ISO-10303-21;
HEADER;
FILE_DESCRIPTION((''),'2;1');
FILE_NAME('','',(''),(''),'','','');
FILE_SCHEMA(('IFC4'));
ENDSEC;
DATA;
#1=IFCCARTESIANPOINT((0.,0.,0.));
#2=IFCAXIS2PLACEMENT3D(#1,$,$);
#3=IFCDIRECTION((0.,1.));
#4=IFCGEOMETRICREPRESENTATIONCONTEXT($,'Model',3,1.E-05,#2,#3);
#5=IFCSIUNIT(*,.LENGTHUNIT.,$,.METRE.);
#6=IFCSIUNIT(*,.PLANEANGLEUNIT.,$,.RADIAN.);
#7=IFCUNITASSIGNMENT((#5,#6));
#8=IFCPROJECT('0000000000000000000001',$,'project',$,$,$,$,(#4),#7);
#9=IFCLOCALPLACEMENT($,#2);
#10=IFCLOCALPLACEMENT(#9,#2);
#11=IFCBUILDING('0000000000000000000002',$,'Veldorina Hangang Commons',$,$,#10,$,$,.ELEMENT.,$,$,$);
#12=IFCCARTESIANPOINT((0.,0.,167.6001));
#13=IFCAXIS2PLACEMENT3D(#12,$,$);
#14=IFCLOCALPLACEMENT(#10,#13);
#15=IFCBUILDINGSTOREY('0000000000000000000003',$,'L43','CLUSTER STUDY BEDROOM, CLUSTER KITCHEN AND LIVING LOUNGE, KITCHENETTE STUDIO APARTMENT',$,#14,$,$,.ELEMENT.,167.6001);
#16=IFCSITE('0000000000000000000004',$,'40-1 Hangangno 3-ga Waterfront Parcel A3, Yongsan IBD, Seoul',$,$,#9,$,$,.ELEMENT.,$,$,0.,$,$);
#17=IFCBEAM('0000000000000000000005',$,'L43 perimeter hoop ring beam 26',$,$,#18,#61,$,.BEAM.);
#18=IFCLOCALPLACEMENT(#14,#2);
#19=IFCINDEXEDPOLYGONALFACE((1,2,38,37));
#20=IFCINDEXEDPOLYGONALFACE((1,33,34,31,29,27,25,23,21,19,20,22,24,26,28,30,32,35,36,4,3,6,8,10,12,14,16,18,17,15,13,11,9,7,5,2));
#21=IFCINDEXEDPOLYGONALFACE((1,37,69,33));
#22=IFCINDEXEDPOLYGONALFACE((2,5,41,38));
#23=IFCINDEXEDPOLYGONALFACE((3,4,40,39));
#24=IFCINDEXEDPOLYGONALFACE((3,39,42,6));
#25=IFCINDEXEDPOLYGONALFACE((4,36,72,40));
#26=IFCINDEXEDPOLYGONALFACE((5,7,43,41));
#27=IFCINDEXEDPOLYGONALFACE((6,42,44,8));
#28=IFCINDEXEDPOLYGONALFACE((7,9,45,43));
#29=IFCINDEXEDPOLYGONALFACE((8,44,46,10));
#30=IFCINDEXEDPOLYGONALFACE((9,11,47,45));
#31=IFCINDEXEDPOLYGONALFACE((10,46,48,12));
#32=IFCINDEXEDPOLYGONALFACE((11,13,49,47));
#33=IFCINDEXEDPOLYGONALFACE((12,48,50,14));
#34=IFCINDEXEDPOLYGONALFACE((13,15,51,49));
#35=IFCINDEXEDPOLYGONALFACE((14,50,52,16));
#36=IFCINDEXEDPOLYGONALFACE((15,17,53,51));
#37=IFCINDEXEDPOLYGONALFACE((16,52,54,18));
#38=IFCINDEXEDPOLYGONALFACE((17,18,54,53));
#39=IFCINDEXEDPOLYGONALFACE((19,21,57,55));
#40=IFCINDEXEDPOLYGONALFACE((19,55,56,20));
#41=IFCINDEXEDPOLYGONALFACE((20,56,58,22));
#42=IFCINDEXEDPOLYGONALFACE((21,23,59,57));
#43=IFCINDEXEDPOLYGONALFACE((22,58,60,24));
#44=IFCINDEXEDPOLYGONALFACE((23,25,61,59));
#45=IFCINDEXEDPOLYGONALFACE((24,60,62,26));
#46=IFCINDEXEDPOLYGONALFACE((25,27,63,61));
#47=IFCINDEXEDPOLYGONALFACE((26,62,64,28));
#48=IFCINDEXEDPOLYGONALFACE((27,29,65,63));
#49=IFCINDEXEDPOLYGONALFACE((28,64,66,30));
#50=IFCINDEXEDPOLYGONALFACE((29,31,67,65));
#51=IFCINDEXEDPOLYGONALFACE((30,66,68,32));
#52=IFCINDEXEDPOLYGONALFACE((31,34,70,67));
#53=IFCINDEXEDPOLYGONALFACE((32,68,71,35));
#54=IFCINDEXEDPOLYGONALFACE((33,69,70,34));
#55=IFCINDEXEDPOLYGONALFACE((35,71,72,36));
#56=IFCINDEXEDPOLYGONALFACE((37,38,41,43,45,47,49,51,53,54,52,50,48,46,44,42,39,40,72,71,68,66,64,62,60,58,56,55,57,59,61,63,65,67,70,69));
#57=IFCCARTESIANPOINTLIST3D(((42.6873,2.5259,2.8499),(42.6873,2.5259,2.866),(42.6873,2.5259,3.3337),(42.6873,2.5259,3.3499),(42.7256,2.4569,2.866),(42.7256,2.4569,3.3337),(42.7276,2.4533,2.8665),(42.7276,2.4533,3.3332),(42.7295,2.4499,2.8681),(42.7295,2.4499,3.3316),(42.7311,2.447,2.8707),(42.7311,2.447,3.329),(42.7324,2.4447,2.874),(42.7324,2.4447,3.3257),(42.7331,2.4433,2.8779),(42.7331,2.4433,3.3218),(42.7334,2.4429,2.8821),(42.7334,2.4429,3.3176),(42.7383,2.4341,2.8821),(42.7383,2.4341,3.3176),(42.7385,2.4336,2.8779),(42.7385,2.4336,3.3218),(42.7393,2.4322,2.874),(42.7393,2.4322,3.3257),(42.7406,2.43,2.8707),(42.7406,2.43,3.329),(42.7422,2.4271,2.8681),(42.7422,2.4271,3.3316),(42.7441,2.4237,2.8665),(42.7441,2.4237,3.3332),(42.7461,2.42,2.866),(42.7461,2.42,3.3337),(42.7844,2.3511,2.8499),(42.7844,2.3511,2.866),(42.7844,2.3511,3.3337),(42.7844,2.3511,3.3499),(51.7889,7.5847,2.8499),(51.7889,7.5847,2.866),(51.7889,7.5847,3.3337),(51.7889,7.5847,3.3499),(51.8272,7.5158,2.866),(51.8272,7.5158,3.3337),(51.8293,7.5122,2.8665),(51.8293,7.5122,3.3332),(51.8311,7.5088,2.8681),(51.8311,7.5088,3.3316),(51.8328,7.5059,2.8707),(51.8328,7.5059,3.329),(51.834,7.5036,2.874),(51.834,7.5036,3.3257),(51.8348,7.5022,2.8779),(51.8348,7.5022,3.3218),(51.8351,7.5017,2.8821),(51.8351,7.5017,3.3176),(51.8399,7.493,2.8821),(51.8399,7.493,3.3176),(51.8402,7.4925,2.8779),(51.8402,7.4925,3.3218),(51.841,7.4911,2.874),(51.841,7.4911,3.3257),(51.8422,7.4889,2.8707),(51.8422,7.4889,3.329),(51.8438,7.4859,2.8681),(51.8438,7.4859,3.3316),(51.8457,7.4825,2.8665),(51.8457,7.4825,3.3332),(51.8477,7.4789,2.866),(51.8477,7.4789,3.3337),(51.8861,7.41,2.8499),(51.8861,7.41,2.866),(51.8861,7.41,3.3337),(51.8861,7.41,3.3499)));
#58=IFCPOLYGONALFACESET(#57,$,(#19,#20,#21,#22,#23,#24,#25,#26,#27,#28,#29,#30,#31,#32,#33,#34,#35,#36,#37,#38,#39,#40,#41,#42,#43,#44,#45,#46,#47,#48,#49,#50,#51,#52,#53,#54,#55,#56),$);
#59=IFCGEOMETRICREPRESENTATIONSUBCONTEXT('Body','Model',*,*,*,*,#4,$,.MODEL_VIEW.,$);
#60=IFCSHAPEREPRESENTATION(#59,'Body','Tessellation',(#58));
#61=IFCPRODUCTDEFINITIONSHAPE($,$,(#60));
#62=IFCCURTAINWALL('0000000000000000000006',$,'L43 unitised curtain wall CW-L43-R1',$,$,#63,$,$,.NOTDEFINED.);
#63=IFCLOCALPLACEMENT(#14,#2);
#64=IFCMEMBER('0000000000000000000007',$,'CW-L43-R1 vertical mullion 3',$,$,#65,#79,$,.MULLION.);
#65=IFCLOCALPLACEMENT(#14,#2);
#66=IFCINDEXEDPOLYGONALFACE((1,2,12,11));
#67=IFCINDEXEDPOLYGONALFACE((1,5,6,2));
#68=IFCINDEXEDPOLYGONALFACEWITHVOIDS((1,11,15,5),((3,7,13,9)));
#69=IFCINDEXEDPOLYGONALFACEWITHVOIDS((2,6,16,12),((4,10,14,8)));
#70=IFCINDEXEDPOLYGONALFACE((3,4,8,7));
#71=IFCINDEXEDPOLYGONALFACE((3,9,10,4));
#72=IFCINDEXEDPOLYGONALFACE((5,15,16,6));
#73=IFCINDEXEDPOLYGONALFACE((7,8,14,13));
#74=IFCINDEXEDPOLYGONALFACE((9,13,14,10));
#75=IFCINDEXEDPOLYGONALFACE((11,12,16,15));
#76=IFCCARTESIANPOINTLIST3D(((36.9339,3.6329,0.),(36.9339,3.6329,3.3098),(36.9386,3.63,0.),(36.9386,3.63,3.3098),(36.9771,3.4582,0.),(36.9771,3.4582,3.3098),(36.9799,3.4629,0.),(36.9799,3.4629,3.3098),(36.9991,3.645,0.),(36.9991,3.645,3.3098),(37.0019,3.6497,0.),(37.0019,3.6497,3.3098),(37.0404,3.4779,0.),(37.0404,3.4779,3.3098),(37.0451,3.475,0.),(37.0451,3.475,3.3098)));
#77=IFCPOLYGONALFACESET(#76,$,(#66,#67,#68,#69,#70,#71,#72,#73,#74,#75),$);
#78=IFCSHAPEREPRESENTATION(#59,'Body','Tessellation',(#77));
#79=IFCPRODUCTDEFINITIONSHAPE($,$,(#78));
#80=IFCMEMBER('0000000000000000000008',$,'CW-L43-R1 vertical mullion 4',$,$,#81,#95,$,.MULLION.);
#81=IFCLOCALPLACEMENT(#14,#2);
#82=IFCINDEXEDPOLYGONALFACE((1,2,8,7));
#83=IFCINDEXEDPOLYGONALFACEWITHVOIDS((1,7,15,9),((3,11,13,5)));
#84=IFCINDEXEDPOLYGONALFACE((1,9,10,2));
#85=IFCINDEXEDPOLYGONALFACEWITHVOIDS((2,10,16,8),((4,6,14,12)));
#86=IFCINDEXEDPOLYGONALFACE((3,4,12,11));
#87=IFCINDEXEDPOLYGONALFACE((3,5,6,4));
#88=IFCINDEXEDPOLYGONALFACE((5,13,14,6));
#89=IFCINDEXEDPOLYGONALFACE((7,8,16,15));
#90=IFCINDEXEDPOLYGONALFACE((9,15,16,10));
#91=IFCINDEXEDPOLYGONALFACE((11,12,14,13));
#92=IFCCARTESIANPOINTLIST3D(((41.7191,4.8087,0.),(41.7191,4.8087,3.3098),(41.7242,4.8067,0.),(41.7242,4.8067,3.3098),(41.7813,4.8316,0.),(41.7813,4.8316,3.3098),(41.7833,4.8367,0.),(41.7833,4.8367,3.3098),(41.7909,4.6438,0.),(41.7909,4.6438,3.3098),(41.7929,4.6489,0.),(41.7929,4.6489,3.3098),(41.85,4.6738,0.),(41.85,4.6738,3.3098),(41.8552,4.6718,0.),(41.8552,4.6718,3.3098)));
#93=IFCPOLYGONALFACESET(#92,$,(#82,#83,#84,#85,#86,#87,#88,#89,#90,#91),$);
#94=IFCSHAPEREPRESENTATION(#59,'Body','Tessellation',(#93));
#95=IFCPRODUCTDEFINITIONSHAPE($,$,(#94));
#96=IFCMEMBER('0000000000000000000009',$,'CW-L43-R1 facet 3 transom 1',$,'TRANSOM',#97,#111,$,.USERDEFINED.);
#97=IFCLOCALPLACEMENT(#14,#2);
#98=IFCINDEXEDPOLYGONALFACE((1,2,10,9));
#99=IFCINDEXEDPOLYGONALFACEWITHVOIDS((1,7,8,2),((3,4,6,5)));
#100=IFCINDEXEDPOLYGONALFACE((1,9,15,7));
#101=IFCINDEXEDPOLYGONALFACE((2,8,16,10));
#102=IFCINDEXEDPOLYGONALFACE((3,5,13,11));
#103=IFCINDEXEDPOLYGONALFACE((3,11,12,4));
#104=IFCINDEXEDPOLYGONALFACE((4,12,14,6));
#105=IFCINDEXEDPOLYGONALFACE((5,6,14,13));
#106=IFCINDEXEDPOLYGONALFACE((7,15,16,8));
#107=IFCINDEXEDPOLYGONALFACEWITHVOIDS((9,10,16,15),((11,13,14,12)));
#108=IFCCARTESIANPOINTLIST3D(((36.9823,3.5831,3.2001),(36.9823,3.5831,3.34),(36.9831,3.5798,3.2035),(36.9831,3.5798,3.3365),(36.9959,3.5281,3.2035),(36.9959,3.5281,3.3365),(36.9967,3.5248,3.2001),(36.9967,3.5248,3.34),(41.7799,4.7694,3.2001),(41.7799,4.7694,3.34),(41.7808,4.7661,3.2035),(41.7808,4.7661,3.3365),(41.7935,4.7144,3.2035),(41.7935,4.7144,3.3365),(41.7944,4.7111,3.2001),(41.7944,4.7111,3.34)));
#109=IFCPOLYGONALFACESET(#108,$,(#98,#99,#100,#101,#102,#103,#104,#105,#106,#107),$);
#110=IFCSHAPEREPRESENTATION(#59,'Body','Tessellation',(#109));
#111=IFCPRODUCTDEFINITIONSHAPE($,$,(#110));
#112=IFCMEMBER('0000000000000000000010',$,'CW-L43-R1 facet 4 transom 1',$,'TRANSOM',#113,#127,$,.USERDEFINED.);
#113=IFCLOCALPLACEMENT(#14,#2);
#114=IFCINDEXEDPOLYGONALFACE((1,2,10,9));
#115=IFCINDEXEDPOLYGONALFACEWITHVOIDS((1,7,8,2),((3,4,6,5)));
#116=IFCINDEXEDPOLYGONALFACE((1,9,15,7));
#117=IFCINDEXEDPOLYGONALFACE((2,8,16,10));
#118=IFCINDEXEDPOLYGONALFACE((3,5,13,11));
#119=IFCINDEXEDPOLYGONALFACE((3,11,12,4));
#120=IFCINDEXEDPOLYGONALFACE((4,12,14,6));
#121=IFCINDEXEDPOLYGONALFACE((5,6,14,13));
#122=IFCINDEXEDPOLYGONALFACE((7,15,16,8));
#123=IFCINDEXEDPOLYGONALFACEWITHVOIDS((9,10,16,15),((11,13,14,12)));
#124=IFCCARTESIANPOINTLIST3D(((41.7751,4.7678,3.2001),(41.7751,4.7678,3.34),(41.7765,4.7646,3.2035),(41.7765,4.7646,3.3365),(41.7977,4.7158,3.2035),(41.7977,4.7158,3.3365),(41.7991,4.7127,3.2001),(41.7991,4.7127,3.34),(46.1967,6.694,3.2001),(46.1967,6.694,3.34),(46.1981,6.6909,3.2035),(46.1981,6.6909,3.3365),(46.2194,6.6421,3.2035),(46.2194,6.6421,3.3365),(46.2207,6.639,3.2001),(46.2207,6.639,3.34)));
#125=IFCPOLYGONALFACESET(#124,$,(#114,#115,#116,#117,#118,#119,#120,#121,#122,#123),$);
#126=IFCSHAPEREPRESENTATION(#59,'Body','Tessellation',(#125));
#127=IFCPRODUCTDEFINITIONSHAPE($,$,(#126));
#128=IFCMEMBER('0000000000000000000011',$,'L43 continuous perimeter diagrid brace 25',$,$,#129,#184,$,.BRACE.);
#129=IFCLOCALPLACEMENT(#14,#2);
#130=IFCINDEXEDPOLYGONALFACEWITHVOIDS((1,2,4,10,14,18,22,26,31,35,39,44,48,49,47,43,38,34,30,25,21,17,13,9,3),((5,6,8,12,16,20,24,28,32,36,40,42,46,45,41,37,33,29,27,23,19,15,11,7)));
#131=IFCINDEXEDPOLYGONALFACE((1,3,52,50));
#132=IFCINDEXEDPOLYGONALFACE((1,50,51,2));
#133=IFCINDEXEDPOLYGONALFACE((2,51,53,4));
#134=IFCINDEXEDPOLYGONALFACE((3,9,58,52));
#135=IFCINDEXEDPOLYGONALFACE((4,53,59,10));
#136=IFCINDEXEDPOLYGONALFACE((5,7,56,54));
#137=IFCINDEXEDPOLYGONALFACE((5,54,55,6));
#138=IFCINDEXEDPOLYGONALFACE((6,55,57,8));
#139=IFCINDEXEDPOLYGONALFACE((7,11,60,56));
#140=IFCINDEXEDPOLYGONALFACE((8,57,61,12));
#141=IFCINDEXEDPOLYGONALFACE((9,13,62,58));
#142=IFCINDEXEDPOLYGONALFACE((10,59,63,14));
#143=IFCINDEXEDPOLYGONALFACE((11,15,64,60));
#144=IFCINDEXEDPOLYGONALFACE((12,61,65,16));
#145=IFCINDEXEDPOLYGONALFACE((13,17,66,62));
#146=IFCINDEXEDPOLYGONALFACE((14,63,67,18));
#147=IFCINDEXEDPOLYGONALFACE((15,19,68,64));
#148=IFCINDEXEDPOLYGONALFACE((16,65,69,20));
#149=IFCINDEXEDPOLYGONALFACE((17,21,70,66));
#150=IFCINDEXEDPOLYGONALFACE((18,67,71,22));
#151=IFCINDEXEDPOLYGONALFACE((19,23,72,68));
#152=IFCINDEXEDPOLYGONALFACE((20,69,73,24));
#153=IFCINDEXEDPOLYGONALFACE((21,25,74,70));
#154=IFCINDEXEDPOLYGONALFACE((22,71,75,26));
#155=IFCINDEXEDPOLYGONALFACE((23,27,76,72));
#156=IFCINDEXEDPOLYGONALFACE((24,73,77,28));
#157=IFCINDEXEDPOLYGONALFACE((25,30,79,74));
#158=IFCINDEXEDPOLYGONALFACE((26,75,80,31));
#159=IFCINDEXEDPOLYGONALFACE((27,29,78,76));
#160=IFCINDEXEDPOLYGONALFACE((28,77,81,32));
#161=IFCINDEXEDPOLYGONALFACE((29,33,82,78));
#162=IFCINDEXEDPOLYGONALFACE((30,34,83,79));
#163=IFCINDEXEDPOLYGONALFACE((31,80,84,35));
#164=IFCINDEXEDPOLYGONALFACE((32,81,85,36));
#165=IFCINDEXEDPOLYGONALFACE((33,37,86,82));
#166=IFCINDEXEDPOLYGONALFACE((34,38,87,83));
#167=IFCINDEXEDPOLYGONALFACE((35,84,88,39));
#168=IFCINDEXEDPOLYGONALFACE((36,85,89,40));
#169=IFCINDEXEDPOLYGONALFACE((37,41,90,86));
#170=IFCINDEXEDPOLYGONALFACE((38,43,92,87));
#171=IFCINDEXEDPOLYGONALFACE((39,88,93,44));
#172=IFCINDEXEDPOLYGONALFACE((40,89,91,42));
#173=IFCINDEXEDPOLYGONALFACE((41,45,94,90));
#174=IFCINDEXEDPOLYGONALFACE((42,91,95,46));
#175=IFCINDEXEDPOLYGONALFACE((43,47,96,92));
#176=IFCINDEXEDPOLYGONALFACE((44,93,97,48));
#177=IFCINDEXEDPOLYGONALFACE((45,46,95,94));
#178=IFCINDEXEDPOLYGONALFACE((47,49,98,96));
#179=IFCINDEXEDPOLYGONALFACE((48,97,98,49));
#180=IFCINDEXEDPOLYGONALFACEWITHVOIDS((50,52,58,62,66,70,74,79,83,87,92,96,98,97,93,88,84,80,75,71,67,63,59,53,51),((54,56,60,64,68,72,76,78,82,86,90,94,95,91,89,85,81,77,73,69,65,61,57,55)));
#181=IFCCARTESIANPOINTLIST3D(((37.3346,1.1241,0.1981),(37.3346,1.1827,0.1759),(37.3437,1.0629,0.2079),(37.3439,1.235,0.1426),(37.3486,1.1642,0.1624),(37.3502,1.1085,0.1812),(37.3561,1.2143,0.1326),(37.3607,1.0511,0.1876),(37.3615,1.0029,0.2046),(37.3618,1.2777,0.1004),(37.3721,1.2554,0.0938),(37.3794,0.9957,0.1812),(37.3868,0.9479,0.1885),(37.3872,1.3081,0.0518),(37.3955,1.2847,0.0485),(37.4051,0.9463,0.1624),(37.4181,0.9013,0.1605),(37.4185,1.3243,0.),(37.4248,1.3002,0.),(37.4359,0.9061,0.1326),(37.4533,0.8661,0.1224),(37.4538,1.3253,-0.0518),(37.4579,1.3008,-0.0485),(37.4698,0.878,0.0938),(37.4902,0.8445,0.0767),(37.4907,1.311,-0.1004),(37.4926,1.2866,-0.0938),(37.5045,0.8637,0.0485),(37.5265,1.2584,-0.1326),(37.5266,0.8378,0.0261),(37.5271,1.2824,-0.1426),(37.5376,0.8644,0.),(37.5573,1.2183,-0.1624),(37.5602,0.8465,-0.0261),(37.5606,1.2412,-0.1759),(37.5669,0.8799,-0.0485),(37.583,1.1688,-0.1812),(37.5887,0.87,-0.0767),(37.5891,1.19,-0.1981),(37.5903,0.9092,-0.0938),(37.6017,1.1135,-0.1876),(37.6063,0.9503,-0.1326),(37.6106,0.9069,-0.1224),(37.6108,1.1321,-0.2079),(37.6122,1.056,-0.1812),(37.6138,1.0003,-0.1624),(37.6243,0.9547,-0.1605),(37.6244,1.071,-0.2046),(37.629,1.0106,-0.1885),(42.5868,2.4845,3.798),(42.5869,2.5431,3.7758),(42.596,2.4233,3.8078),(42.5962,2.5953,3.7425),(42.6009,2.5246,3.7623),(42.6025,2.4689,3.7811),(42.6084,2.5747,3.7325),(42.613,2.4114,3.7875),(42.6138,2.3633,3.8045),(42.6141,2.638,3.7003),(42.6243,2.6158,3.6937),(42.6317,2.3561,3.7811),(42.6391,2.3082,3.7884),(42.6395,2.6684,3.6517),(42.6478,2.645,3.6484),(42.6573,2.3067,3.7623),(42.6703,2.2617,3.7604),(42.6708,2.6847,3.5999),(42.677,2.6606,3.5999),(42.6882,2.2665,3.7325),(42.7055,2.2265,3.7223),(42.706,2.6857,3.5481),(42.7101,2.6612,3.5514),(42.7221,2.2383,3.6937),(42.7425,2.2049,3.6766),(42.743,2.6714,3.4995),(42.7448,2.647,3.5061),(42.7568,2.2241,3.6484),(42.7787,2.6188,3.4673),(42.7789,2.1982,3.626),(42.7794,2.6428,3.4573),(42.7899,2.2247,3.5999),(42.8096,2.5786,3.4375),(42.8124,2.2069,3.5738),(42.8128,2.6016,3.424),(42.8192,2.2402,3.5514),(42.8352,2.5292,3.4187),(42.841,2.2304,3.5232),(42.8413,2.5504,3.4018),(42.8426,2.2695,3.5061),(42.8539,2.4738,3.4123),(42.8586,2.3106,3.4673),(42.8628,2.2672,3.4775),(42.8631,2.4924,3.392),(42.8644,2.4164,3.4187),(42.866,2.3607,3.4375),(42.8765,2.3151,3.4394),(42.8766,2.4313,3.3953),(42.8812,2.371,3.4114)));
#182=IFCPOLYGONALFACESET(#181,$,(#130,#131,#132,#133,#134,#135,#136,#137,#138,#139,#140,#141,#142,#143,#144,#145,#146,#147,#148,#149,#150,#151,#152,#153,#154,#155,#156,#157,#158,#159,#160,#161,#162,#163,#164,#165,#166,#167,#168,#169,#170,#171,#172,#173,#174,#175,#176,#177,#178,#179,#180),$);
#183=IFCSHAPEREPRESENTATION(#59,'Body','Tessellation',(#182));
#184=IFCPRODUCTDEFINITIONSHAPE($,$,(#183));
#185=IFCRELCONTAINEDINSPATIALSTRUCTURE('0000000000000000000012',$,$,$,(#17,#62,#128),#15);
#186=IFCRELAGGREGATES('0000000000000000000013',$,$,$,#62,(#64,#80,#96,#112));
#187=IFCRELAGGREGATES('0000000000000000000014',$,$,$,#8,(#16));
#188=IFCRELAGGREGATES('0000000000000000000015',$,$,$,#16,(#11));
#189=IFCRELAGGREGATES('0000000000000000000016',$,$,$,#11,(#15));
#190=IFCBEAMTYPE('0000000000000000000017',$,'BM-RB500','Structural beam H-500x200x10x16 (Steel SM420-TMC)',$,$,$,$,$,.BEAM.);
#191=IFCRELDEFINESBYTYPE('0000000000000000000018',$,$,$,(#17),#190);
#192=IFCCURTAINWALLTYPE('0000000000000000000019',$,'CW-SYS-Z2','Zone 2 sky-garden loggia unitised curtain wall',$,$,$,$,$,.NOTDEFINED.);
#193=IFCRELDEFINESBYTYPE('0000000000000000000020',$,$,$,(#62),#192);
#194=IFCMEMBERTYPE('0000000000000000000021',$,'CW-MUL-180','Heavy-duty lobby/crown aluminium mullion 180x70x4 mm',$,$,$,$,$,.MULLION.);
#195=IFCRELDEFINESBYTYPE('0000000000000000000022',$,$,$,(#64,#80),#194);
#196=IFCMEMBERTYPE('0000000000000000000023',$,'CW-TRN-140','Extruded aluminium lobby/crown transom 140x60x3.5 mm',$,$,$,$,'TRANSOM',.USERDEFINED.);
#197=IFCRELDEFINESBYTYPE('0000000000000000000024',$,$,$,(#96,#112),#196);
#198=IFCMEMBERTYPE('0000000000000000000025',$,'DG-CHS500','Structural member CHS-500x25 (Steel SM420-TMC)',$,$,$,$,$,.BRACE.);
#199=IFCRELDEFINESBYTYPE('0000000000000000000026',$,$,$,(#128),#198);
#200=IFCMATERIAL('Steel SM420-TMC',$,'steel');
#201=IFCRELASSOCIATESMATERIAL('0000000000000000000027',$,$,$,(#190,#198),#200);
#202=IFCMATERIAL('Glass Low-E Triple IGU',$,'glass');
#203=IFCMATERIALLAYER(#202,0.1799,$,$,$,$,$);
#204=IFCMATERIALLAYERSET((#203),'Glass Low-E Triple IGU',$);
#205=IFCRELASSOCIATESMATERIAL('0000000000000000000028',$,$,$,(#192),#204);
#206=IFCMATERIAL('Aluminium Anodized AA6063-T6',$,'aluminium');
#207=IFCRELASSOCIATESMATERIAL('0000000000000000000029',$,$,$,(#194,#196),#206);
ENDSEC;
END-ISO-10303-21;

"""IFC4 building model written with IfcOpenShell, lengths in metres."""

from ifc_helpers import new_model, si_unit, direction, frame, origin, origin_2d, place, context, subcontext, project, spatial, hollow_rectangle, hollow_circle, i_section, extrude, material, layer, layer_set, material_profile, profile_set, type_object, element, aggregate, save


model = new_model("IFC4")

# Units and contexts
model_context = context("Model", 3, precision=1e-05, world=origin(), true_north=direction((0.0, 1.0)))
body_context = subcontext(model_context, "Body", "Model", "MODEL_VIEW")
ifc_project = project(units=[si_unit("LENGTHUNIT", "METRE"), si_unit("PLANEANGLEUNIT", "RADIAN")], contexts=[model_context])

# Site, building, storey
site_placement = place(None, origin())
site = spatial("IfcSite", under=ifc_project, at=site_placement, Name="40-1 Hangangno 3-ga Waterfront Parcel A3, Yongsan IBD, Seoul", CompositionType="ELEMENT", RefElevation=0.0)
building_placement = place(site_placement, origin())
building = spatial("IfcBuilding", under=site, at=building_placement, Name="Veldorina Hangang Commons", CompositionType="ELEMENT")
storey_placement = place(building_placement, frame((0.0, 0.0, 167.6001)))
storey = spatial("IfcBuildingStorey", under=building, at=storey_placement, Name="L43", Description="CLUSTER STUDY BEDROOM, CLUSTER KITCHEN AND LIVING LOUNGE, KITCHENETTE STUDIO APARTMENT", CompositionType="ELEMENT", Elevation=167.6001)

# Beam
ifc_material_1 = material(Name="Steel SM420-TMC", Category="steel")
ifc_material_profile_1 = material_profile(ifc_material_1, i_section(OverallWidth=0.2, OverallDepth=0.5, WebThickness=0.01, FlangeThickness=0.0161, FilletRadius=0.0161, at=origin_2d()), Name="H-500x200x10x16")
ifc_profile_set_1 = profile_set([ifc_material_profile_1], Name="Steel SM420-TMC")
beam_type = type_object("IfcBeamType", Name="BM-RB500", Description="Structural beam H-500x200x10x16 (Steel SM420-TMC)", PredefinedType="BEAM", material=ifc_profile_set_1)
beam_placement = place(storey_placement, frame((42.7358, 2.4385, 3.0999), z_axis=(0.874059, 0.48582, 0.0), x_axis=(-0.48582, 0.874059, 0.0)))
element("IfcBeam", 1, at=beam_placement, inside=storey, type_object=beam_type, Name="L43 perimeter hoop ring beam 26", PredefinedType="BEAM", context=body_context, shape_type="SweptSolid", body=[
    extrude(i_section(OverallWidth=0.2, OverallDepth=0.5, WebThickness=0.01, FlangeThickness=0.0161, FilletRadius=0.0161, at=origin_2d()), origin(), (0.0, 0.0, 1.0), 10.4131),
])

# Curtain wall, members
ifc_material_2 = material(Name="Glass Low-E Triple IGU", Category="glass")
ifc_layer_1 = layer(ifc_material_2, 0.1799)
ifc_layer_set_1 = layer_set([ifc_layer_1], Name="Glass Low-E Triple IGU")
curtain_wall_type = type_object("IfcCurtainWallType", Name="CW-SYS-Z2", Description="Zone 2 sky-garden loggia unitised curtain wall", PredefinedType="NOTDEFINED", material=ifc_layer_set_1)
curtain_wall_placement = place(storey_placement, origin())
curtain_wall = element("IfcCurtainWall", 2, at=curtain_wall_placement, inside=storey, type_object=curtain_wall_type, Name="L43 unitised curtain wall CW-L43-R1", PredefinedType="NOTDEFINED")
ifc_material_3 = material(Name="Aluminium Anodized AA6063-T6", Category="aluminium")
ifc_material_profile_2 = material_profile(ifc_material_3, hollow_rectangle(XDim=0.0701, YDim=0.1799, WallThickness=0.0039, at=origin_2d()), Name="ALU-RHS-180x70x4")
ifc_profile_set_2 = profile_set([ifc_material_profile_2], Name="Aluminium Anodized AA6063-T6")
member_type_1 = type_object("IfcMemberType", Name="CW-MUL-180", Description="Heavy-duty lobby/crown aluminium mullion 180x70x4 mm", PredefinedType="MULLION", material=ifc_profile_set_2)
member_1_placement = place(storey_placement, frame((36.9895, 3.554, 0.0), z_axis=(0.0, 0.0, 1.0), x_axis=(0.970763, 0.240042, 0.0)))
member_1 = element("IfcMember", 3, at=member_1_placement, type_object=member_type_1, Name="CW-L43-R1 vertical mullion 3", PredefinedType="MULLION", context=body_context, shape_type="SweptSolid", body=[
    extrude(hollow_rectangle(XDim=0.0701, YDim=0.1799, WallThickness=0.0039, at=origin_2d()), origin(), (0.0, 0.0, 1.0), 3.3098),
])
member_2_placement = place(storey_placement, frame((41.7871, 4.7402, 0.0), z_axis=(0.0, 0.0, 1.0), x_axis=(0.916768, 0.399421, 0.0)))
member_2 = element("IfcMember", 4, at=member_2_placement, type_object=member_type_1, Name="CW-L43-R1 vertical mullion 4", PredefinedType="MULLION", context=body_context, shape_type="SweptSolid", body=[
    extrude(hollow_rectangle(XDim=0.0701, YDim=0.1799, WallThickness=0.0039, at=origin_2d()), origin(), (0.0, 0.0, 1.0), 3.3098),
])
ifc_material_profile_3 = material_profile(ifc_material_3, hollow_rectangle(XDim=0.0601, YDim=0.1399, WallThickness=0.0034, at=origin_2d()), Name="ALU-RHS-140x60x3.5")
ifc_profile_set_3 = profile_set([ifc_material_profile_3], Name="Aluminium Anodized AA6063-T6")
member_type_2 = type_object("IfcMemberType", Name="CW-TRN-140", Description="Extruded aluminium lobby/crown transom 140x60x3.5 mm", ElementType="TRANSOM", PredefinedType="USERDEFINED", material=ifc_profile_set_3)
member_3_placement = place(storey_placement, frame((36.9895, 3.554, 3.27), z_axis=(0.970764, 0.240036, 0.0), x_axis=(-0.240036, 0.970764, 0.0)))
member_3 = element("IfcMember", 5, at=member_3_placement, type_object=member_type_2, Name="CW-L43-R1 facet 3 transom 1", ObjectType="TRANSOM", PredefinedType="USERDEFINED", context=body_context, shape_type="SweptSolid", body=[
    extrude(hollow_rectangle(XDim=0.0601, YDim=0.1399, WallThickness=0.0034, at=origin_2d()), origin(), (0.0, 0.0, 1.0), 4.9421),
])
member_4_placement = place(storey_placement, frame((41.7871, 4.7402, 3.27), z_axis=(0.91678, 0.399392, 0.0), x_axis=(-0.399392, 0.91678, 0.0)))
member_4 = element("IfcMember", 6, at=member_4_placement, type_object=member_type_2, Name="CW-L43-R1 facet 4 transom 1", ObjectType="TRANSOM", PredefinedType="USERDEFINED", context=body_context, shape_type="SweptSolid", body=[
    extrude(hollow_rectangle(XDim=0.0601, YDim=0.1399, WallThickness=0.0034, at=origin_2d()), origin(), (0.0, 0.0, 1.0), 4.823),
])

# Member
ifc_material_profile_4 = material_profile(ifc_material_1, hollow_circle(Radius=0.25, WallThickness=0.0249, at=origin_2d()), Name="CHS-500x25")
ifc_profile_set_4 = profile_set([ifc_material_profile_4], Name="Steel SM420-TMC")
member_type_3 = type_object("IfcMemberType", Name="DG-CHS500", Description="Structural member CHS-500x25 (Steel SM420-TMC)", PredefinedType="BRACE", material=ifc_profile_set_4)
member_5_placement = place(storey_placement, frame((37.4812, 1.0823, 0.0), z_axis=(0.806647, 0.208926, 0.552875), x_axis=(-0.250733, 0.968056, 0.0)))
element("IfcMember", 7, at=member_5_placement, inside=storey, type_object=member_type_3, Name="L43 continuous perimeter diagrid brace 25", PredefinedType="BRACE", context=body_context, shape_type="SweptSolid", body=[
    extrude(hollow_circle(Radius=0.25, WallThickness=0.0249, at=origin_2d()), origin(), (0.0, 0.0, 1.0), 6.5112),
])

aggregate(curtain_wall, [member_1, member_2, member_3, member_4])

save(model, "model.ifc")
